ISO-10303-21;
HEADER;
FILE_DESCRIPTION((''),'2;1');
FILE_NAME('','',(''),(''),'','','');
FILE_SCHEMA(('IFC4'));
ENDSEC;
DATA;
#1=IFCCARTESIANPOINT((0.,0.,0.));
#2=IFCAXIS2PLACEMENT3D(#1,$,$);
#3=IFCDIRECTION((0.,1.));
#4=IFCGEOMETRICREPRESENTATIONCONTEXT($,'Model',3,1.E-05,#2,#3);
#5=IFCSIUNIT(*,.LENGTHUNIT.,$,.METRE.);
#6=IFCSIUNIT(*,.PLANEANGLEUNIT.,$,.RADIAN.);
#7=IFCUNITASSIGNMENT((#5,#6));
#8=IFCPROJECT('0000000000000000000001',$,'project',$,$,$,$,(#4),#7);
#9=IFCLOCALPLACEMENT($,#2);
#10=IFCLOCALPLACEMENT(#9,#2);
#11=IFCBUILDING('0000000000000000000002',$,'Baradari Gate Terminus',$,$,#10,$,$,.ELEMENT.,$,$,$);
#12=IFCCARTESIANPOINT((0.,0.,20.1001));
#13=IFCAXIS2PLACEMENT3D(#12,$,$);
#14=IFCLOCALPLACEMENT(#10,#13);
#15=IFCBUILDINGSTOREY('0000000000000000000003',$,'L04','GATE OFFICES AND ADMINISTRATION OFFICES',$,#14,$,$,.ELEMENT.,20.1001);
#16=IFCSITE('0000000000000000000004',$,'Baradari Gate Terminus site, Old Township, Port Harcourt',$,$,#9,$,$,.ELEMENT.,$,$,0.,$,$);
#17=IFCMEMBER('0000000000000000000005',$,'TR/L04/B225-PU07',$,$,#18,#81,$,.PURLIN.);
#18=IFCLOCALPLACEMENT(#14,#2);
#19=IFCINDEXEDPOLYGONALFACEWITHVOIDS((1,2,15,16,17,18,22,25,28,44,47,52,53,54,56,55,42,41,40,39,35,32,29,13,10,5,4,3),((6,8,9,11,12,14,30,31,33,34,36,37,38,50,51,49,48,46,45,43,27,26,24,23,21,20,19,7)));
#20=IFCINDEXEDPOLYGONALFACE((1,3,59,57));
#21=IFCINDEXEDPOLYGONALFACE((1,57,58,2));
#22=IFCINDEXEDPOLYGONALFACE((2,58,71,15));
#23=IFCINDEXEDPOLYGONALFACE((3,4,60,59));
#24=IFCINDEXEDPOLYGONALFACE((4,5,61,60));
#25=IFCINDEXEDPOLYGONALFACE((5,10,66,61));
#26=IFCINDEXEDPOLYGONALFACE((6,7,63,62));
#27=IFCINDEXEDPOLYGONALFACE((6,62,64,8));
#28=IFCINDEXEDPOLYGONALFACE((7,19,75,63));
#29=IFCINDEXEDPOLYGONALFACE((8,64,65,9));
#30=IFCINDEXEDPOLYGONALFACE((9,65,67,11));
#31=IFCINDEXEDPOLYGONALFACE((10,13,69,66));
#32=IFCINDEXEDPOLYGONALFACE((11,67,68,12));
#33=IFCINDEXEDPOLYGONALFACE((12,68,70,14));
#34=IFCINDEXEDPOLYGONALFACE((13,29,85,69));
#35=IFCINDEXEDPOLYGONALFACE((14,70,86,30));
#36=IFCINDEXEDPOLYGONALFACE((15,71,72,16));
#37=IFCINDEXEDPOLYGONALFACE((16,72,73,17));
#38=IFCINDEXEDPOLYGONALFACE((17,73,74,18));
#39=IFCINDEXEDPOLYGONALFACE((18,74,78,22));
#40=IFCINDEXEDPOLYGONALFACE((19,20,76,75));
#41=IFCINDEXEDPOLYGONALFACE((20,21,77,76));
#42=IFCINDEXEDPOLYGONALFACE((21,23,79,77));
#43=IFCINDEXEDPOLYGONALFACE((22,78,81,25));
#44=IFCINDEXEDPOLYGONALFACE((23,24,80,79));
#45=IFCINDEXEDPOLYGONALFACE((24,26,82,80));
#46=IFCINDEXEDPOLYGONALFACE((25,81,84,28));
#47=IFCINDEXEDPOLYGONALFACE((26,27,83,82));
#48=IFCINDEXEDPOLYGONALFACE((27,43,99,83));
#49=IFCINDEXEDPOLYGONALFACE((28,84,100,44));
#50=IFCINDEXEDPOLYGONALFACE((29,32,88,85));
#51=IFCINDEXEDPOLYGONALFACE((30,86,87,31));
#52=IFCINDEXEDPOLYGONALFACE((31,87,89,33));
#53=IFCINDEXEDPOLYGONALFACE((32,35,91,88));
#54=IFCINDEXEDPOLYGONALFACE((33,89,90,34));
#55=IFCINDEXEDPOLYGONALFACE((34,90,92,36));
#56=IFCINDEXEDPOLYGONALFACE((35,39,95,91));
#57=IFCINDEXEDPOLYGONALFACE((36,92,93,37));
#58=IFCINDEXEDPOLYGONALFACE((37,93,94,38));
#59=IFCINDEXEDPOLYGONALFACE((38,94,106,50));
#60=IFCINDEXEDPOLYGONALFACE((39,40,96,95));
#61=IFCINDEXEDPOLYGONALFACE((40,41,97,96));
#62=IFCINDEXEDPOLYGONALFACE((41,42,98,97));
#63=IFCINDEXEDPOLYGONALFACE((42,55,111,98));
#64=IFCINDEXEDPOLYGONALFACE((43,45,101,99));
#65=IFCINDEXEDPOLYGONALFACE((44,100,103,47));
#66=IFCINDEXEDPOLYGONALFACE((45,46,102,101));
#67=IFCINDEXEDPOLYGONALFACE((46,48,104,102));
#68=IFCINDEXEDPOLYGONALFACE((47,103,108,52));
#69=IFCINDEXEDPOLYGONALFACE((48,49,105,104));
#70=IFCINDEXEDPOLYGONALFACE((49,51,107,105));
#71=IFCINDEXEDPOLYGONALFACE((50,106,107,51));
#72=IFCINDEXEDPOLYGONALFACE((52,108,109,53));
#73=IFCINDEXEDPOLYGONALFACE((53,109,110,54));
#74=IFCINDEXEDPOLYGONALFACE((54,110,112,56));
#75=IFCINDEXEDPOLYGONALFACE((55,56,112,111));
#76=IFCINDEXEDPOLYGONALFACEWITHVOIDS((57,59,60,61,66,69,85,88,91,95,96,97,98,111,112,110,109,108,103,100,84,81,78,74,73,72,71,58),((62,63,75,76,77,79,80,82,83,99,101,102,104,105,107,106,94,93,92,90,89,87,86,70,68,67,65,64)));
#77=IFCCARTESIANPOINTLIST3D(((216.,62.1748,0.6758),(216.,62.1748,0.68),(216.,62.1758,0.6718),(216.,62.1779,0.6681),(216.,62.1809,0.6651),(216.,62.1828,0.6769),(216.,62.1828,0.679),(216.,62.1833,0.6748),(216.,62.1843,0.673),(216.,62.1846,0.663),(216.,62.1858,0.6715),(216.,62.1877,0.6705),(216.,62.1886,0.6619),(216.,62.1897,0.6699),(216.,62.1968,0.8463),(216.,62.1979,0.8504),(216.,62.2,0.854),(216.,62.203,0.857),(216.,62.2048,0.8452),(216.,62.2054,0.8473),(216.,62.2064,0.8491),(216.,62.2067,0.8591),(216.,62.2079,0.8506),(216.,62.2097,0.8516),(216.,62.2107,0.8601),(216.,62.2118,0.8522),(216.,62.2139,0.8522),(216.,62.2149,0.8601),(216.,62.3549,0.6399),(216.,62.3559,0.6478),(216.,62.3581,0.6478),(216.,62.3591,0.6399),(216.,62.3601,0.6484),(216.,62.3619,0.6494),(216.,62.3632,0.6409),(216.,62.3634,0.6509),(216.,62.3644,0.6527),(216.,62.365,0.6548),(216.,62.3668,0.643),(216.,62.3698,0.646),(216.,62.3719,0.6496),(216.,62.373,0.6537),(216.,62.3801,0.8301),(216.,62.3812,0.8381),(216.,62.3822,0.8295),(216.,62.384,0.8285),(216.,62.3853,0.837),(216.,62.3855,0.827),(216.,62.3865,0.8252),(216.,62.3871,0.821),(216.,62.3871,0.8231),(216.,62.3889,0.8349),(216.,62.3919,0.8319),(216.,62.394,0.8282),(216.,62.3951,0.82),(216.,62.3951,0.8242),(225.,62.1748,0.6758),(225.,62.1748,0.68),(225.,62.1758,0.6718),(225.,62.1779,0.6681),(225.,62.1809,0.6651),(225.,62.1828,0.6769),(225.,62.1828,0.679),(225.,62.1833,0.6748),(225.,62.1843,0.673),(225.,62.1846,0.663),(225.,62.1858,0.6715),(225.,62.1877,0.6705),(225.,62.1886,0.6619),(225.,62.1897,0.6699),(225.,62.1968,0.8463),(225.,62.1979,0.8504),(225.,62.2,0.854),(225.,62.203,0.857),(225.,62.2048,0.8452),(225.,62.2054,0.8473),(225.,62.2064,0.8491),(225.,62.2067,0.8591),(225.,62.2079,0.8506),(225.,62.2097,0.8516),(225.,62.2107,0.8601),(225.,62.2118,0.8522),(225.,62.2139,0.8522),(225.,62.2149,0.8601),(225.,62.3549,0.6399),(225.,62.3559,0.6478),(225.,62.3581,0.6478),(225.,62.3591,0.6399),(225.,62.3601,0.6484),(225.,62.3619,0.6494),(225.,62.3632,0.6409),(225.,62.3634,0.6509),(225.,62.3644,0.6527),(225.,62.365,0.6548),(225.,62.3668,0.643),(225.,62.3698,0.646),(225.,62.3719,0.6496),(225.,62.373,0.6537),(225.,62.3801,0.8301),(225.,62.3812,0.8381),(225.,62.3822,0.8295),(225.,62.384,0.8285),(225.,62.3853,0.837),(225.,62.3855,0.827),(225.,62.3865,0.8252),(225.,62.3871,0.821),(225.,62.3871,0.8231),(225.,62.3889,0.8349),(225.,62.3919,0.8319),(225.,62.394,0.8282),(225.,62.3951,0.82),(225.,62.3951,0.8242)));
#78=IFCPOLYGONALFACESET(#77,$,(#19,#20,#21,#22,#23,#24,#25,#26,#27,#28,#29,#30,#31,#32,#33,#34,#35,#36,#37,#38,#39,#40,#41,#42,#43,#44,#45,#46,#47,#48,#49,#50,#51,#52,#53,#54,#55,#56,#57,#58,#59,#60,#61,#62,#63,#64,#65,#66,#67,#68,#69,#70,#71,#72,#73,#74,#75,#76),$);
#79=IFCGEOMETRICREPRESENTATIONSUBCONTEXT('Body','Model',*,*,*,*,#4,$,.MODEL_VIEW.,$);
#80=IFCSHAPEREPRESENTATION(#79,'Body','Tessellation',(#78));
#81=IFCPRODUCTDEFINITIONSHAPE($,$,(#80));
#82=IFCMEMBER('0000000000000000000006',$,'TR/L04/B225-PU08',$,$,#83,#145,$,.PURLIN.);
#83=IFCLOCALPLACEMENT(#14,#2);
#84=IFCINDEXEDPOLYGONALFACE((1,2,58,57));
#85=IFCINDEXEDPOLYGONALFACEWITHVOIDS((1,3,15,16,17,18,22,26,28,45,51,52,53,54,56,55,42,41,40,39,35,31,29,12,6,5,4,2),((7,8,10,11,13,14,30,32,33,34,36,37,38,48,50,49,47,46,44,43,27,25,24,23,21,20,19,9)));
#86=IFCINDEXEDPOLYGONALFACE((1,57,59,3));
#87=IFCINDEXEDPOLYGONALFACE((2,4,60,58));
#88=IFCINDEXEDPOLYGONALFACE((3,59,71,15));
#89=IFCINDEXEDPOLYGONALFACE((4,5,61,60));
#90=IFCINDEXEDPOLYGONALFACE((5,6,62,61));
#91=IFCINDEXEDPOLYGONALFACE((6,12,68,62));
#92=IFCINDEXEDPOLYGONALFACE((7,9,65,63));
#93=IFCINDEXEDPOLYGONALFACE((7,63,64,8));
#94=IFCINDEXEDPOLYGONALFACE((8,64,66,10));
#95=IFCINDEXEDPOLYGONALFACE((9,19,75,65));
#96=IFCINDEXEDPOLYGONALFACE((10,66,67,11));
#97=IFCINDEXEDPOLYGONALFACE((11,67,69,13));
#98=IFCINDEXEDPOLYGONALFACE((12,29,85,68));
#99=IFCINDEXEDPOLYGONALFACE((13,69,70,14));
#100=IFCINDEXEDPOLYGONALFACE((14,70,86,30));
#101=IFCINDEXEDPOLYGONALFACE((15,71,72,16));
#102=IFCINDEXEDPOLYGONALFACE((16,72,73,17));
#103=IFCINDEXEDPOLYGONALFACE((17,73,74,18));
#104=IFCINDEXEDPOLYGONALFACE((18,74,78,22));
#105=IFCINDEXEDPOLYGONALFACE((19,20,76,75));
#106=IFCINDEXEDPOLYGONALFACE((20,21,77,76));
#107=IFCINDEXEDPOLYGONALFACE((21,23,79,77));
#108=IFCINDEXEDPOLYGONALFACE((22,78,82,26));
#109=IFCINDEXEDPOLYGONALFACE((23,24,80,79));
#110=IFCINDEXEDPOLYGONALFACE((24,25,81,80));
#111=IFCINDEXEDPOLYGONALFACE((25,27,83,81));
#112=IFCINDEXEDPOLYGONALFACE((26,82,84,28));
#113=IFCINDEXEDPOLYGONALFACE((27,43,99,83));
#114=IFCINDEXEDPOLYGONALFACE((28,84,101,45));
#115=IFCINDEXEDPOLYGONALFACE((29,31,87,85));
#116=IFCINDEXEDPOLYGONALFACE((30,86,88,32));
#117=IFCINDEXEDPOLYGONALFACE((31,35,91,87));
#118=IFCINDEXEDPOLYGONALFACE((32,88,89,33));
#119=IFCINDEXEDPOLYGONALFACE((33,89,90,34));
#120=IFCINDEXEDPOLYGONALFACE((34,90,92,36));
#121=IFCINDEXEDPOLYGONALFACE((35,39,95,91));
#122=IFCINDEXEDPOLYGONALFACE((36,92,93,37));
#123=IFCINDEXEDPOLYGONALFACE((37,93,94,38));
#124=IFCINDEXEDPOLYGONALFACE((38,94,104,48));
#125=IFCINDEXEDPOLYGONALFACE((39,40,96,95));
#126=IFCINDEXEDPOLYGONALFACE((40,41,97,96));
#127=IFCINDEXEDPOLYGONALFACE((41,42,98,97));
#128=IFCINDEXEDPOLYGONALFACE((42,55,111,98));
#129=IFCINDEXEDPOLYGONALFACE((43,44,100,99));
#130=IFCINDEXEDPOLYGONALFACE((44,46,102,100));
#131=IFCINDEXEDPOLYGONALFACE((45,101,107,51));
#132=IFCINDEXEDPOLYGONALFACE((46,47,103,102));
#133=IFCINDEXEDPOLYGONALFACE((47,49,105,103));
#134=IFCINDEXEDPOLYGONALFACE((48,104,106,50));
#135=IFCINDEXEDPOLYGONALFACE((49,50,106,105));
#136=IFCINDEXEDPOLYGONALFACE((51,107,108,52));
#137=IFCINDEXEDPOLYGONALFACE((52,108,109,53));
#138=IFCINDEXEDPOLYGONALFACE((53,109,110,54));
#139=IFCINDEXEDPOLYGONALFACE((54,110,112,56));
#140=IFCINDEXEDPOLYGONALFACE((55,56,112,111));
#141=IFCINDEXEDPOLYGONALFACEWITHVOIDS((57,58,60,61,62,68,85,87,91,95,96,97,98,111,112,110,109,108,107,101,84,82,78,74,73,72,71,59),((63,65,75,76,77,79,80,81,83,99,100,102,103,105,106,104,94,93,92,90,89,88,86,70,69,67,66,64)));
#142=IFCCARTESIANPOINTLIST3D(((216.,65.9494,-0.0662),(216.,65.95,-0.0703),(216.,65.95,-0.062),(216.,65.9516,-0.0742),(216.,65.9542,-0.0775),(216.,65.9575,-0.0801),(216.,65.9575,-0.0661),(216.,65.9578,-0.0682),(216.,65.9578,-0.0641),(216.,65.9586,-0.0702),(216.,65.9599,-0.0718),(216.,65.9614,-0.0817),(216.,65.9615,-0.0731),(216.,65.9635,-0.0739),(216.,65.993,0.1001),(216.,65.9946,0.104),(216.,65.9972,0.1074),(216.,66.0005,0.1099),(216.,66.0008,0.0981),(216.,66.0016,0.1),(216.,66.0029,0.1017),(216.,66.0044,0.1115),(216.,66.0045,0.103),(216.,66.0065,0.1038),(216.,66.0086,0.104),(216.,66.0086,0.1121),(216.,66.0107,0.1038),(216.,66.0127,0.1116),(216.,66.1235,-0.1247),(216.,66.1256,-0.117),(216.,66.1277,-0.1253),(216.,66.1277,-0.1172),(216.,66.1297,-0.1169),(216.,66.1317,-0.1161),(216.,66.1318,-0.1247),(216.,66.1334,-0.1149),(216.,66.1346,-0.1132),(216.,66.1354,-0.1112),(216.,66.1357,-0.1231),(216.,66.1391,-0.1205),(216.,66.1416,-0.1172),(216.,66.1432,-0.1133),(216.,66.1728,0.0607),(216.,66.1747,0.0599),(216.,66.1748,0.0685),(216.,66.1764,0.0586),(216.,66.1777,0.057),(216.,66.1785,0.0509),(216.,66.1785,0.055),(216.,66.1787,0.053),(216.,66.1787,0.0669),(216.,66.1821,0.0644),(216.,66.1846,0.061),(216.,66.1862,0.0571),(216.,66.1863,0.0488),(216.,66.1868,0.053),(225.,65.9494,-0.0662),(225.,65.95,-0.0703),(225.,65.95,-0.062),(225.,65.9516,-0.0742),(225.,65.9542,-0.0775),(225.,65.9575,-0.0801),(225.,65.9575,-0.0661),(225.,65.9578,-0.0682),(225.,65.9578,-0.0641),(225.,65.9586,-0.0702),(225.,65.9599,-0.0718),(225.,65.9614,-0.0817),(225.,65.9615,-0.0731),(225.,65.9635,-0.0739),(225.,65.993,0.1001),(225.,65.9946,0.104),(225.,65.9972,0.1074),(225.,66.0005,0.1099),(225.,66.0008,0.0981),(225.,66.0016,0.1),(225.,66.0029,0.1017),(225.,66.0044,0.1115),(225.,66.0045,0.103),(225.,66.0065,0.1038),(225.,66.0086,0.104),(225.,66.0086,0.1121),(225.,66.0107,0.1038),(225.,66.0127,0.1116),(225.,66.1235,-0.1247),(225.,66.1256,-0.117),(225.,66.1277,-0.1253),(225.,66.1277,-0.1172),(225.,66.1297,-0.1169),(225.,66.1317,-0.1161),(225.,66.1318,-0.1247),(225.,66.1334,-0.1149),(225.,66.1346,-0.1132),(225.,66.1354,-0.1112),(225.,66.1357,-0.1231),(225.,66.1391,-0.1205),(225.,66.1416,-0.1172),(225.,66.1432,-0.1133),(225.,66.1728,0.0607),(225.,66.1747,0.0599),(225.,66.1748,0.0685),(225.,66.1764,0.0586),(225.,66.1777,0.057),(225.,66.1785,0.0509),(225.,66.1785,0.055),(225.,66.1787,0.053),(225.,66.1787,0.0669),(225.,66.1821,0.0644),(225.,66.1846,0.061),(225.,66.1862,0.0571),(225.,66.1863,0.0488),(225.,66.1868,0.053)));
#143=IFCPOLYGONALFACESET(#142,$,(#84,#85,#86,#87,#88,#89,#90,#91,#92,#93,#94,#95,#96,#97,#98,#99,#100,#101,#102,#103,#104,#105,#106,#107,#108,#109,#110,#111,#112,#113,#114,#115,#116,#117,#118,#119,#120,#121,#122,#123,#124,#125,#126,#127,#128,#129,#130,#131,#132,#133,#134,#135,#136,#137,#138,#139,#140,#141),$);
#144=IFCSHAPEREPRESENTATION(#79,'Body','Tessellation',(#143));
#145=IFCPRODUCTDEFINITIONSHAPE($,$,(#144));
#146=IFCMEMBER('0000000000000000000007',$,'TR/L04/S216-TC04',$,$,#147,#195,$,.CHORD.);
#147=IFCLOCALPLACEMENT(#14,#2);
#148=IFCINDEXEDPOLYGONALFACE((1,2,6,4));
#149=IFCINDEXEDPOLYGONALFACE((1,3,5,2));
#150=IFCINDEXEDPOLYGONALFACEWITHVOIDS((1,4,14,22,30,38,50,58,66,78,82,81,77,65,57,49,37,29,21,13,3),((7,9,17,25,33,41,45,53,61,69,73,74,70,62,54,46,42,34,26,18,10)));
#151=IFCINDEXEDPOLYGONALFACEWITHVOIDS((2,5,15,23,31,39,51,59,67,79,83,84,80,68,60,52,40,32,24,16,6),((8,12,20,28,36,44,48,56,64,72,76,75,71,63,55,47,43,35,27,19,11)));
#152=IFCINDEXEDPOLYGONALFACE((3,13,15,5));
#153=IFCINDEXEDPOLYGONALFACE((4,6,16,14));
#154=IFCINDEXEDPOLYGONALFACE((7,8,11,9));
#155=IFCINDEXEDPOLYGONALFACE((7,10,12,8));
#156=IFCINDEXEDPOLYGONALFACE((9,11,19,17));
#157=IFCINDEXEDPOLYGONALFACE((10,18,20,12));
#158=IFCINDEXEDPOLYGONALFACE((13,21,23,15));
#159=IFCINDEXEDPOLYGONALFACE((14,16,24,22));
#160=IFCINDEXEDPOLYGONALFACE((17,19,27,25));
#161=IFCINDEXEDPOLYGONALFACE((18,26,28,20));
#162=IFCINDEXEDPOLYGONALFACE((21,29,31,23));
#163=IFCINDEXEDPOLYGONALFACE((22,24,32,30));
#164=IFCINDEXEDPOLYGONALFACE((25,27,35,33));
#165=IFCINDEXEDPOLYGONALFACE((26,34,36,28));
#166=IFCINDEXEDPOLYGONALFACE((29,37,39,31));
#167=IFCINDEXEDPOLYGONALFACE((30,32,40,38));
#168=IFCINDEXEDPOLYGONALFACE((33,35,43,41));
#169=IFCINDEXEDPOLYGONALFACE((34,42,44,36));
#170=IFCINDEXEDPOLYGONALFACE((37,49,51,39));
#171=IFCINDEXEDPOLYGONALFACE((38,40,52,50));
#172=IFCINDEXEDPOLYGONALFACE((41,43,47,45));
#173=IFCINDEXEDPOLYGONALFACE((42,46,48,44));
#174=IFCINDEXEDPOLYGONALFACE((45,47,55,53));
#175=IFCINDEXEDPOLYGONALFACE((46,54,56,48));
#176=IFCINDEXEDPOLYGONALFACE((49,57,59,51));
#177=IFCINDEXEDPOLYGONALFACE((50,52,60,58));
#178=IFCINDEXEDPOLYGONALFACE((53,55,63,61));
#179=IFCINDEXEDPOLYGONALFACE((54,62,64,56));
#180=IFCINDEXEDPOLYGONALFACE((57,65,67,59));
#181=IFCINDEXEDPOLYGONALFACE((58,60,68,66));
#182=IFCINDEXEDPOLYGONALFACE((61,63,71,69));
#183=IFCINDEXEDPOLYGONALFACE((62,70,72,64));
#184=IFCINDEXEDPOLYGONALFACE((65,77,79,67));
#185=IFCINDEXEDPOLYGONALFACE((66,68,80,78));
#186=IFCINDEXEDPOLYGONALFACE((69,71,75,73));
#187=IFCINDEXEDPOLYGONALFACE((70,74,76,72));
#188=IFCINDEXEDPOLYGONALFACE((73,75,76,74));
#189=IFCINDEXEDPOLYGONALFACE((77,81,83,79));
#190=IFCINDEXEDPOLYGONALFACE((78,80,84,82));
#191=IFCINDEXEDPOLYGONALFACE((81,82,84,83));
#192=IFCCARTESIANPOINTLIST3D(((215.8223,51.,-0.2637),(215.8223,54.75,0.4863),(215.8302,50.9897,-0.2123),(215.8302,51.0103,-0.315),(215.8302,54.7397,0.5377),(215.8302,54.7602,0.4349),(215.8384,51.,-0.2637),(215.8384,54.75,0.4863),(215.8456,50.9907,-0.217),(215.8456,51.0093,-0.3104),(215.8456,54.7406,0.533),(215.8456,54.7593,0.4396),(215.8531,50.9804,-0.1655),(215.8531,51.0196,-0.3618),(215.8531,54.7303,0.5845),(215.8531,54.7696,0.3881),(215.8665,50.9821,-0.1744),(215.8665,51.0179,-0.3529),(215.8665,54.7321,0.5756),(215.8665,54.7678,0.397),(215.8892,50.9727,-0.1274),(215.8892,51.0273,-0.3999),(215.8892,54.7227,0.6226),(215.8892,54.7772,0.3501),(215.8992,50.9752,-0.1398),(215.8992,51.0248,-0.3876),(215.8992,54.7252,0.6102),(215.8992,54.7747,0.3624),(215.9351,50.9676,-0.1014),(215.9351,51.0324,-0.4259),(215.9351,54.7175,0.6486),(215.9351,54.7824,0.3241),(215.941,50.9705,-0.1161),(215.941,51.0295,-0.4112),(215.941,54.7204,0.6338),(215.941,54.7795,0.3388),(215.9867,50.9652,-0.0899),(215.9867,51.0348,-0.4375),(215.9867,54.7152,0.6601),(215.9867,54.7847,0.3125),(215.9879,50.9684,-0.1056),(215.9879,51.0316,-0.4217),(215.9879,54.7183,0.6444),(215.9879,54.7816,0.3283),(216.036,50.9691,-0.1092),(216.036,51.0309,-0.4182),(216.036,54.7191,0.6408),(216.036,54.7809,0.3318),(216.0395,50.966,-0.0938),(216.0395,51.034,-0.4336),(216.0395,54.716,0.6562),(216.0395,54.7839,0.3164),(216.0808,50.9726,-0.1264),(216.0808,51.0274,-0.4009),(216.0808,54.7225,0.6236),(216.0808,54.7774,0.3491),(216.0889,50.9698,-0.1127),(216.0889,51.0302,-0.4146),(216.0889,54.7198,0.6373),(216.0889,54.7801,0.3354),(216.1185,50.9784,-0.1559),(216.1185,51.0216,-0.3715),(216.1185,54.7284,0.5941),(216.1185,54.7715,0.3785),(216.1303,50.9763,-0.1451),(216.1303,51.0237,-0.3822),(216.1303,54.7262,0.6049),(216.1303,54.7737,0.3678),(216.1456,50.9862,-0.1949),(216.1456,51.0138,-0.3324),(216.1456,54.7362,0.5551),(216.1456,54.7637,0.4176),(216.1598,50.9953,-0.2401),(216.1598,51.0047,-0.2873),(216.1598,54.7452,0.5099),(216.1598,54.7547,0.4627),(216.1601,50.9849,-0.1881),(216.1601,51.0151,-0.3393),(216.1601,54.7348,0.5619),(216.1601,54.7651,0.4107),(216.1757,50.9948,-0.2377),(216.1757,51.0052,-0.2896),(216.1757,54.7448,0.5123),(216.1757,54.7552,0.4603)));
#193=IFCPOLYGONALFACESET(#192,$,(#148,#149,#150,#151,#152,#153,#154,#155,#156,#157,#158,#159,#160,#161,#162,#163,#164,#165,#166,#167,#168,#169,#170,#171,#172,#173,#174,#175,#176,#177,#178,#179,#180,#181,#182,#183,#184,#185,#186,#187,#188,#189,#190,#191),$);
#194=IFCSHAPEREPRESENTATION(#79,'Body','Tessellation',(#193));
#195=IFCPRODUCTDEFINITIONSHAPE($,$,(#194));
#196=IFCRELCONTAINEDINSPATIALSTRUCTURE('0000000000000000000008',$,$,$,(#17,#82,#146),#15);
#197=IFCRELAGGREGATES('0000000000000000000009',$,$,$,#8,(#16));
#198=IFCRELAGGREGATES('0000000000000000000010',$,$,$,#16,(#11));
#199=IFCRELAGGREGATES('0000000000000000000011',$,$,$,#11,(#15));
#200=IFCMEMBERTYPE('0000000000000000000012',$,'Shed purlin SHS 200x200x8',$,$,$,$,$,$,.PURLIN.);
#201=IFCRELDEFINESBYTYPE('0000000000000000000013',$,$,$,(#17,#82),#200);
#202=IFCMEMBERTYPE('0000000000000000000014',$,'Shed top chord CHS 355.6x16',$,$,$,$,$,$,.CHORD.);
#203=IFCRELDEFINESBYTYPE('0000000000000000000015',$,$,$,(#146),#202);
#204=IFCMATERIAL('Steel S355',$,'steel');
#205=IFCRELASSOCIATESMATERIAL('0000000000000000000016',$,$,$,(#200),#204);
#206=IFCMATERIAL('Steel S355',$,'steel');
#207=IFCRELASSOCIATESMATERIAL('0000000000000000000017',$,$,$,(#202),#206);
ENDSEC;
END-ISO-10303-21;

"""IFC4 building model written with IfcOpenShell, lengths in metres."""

from ifc_helpers import new_model, si_unit, direction, frame, origin, origin_2d, place, context, subcontext, project, spatial, hollow_rectangle, hollow_circle, extrude, material, material_profile, profile_set, type_object, element, save


model = new_model("IFC4")

# Units and contexts
model_context = context("Model", 3, precision=1e-05, world=origin(), true_north=direction((0.0, 1.0)))
body_context = subcontext(model_context, "Body", "Model", "MODEL_VIEW")
ifc_project = project(units=[si_unit("LENGTHUNIT", "METRE"), si_unit("PLANEANGLEUNIT", "RADIAN")], contexts=[model_context])

# Site, building, storey
site_placement = place(None, origin())
site = spatial("IfcSite", under=ifc_project, at=site_placement, Name="Baradari Gate Terminus site, Old Township, Port Harcourt", CompositionType="ELEMENT", RefElevation=0.0)
building_placement = place(site_placement, origin())
building = spatial("IfcBuilding", under=site, at=building_placement, Name="Baradari Gate Terminus", CompositionType="ELEMENT")
storey_placement = place(building_placement, frame((0.0, 0.0, 20.1001)))
storey = spatial("IfcBuildingStorey", under=building, at=storey_placement, Name="L04", Description="GATE OFFICES AND ADMINISTRATION OFFICES", CompositionType="ELEMENT", Elevation=20.1001)

# Members
ifc_material_1 = material(Name="Steel S355", Category="steel")
ifc_material_profile_1 = material_profile(ifc_material_1, hollow_rectangle(XDim=0.2, YDim=0.2, WallThickness=0.0081, InnerFilletRadius=0.0081, OuterFilletRadius=0.0161, at=origin_2d()), Name="SHS 200x200x8")
ifc_profile_set_1 = profile_set([ifc_material_profile_1], Name="Steel S355")
member_type_1 = type_object("IfcMemberType", Name="Shed purlin SHS 200x200x8", PredefinedType="PURLIN", material=ifc_profile_set_1)
for number, where, z_axis, x_axis, name in (
    (1, (216.0, 62.2849, 0.75), (1.0, 0.0, 0.0), (0.0, 0.991303, -0.131599), "TR/L04/B225-PU07"),
    (2, (216.0, 66.0681, -0.0066), (1.0, 0.0, 0.0), (0.0, 0.9665, -0.256668), "TR/L04/B225-PU08"),
):
    element("IfcMember", number, at=place(storey_placement, frame(where, z_axis=z_axis, x_axis=x_axis)), inside=storey, type_object=member_type_1, Name=name, PredefinedType="PURLIN", context=body_context, shape_type="SweptSolid", body=[
        extrude(hollow_rectangle(XDim=0.2, YDim=0.2, WallThickness=0.0081, InnerFilletRadius=0.0081, OuterFilletRadius=0.0161, at=origin_2d()), origin(), (0.0, 0.0, 1.0), 9.0),
    ])
ifc_material_2 = material(Name="Steel S355", Category="steel")
ifc_material_profile_2 = material_profile(ifc_material_2, hollow_circle(Radius=0.1777, WallThickness=0.0161, at=origin_2d()), Name="CHS 355.6x16")
ifc_profile_set_2 = profile_set([ifc_material_profile_2], Name="Steel S355")
member_type_2 = type_object("IfcMemberType", Name="Shed top chord CHS 355.6x16", PredefinedType="CHORD", material=ifc_profile_set_2)
member_1_placement = place(storey_placement, frame((216.0, 51.0, -0.2637), z_axis=(0.0, 0.980581, 0.196116), x_axis=(-1.0, 0.0, 0.0)))
element("IfcMember", 3, at=member_1_placement, inside=storey, type_object=member_type_2, Name="TR/L04/S216-TC04", PredefinedType="CHORD", context=body_context, shape_type="SweptSolid", body=[
    extrude(hollow_circle(Radius=0.1777, WallThickness=0.0161, at=origin_2d()), origin(), (0.0, 0.0, 1.0), 3.8242),
])

save(model, "model.ifc")
